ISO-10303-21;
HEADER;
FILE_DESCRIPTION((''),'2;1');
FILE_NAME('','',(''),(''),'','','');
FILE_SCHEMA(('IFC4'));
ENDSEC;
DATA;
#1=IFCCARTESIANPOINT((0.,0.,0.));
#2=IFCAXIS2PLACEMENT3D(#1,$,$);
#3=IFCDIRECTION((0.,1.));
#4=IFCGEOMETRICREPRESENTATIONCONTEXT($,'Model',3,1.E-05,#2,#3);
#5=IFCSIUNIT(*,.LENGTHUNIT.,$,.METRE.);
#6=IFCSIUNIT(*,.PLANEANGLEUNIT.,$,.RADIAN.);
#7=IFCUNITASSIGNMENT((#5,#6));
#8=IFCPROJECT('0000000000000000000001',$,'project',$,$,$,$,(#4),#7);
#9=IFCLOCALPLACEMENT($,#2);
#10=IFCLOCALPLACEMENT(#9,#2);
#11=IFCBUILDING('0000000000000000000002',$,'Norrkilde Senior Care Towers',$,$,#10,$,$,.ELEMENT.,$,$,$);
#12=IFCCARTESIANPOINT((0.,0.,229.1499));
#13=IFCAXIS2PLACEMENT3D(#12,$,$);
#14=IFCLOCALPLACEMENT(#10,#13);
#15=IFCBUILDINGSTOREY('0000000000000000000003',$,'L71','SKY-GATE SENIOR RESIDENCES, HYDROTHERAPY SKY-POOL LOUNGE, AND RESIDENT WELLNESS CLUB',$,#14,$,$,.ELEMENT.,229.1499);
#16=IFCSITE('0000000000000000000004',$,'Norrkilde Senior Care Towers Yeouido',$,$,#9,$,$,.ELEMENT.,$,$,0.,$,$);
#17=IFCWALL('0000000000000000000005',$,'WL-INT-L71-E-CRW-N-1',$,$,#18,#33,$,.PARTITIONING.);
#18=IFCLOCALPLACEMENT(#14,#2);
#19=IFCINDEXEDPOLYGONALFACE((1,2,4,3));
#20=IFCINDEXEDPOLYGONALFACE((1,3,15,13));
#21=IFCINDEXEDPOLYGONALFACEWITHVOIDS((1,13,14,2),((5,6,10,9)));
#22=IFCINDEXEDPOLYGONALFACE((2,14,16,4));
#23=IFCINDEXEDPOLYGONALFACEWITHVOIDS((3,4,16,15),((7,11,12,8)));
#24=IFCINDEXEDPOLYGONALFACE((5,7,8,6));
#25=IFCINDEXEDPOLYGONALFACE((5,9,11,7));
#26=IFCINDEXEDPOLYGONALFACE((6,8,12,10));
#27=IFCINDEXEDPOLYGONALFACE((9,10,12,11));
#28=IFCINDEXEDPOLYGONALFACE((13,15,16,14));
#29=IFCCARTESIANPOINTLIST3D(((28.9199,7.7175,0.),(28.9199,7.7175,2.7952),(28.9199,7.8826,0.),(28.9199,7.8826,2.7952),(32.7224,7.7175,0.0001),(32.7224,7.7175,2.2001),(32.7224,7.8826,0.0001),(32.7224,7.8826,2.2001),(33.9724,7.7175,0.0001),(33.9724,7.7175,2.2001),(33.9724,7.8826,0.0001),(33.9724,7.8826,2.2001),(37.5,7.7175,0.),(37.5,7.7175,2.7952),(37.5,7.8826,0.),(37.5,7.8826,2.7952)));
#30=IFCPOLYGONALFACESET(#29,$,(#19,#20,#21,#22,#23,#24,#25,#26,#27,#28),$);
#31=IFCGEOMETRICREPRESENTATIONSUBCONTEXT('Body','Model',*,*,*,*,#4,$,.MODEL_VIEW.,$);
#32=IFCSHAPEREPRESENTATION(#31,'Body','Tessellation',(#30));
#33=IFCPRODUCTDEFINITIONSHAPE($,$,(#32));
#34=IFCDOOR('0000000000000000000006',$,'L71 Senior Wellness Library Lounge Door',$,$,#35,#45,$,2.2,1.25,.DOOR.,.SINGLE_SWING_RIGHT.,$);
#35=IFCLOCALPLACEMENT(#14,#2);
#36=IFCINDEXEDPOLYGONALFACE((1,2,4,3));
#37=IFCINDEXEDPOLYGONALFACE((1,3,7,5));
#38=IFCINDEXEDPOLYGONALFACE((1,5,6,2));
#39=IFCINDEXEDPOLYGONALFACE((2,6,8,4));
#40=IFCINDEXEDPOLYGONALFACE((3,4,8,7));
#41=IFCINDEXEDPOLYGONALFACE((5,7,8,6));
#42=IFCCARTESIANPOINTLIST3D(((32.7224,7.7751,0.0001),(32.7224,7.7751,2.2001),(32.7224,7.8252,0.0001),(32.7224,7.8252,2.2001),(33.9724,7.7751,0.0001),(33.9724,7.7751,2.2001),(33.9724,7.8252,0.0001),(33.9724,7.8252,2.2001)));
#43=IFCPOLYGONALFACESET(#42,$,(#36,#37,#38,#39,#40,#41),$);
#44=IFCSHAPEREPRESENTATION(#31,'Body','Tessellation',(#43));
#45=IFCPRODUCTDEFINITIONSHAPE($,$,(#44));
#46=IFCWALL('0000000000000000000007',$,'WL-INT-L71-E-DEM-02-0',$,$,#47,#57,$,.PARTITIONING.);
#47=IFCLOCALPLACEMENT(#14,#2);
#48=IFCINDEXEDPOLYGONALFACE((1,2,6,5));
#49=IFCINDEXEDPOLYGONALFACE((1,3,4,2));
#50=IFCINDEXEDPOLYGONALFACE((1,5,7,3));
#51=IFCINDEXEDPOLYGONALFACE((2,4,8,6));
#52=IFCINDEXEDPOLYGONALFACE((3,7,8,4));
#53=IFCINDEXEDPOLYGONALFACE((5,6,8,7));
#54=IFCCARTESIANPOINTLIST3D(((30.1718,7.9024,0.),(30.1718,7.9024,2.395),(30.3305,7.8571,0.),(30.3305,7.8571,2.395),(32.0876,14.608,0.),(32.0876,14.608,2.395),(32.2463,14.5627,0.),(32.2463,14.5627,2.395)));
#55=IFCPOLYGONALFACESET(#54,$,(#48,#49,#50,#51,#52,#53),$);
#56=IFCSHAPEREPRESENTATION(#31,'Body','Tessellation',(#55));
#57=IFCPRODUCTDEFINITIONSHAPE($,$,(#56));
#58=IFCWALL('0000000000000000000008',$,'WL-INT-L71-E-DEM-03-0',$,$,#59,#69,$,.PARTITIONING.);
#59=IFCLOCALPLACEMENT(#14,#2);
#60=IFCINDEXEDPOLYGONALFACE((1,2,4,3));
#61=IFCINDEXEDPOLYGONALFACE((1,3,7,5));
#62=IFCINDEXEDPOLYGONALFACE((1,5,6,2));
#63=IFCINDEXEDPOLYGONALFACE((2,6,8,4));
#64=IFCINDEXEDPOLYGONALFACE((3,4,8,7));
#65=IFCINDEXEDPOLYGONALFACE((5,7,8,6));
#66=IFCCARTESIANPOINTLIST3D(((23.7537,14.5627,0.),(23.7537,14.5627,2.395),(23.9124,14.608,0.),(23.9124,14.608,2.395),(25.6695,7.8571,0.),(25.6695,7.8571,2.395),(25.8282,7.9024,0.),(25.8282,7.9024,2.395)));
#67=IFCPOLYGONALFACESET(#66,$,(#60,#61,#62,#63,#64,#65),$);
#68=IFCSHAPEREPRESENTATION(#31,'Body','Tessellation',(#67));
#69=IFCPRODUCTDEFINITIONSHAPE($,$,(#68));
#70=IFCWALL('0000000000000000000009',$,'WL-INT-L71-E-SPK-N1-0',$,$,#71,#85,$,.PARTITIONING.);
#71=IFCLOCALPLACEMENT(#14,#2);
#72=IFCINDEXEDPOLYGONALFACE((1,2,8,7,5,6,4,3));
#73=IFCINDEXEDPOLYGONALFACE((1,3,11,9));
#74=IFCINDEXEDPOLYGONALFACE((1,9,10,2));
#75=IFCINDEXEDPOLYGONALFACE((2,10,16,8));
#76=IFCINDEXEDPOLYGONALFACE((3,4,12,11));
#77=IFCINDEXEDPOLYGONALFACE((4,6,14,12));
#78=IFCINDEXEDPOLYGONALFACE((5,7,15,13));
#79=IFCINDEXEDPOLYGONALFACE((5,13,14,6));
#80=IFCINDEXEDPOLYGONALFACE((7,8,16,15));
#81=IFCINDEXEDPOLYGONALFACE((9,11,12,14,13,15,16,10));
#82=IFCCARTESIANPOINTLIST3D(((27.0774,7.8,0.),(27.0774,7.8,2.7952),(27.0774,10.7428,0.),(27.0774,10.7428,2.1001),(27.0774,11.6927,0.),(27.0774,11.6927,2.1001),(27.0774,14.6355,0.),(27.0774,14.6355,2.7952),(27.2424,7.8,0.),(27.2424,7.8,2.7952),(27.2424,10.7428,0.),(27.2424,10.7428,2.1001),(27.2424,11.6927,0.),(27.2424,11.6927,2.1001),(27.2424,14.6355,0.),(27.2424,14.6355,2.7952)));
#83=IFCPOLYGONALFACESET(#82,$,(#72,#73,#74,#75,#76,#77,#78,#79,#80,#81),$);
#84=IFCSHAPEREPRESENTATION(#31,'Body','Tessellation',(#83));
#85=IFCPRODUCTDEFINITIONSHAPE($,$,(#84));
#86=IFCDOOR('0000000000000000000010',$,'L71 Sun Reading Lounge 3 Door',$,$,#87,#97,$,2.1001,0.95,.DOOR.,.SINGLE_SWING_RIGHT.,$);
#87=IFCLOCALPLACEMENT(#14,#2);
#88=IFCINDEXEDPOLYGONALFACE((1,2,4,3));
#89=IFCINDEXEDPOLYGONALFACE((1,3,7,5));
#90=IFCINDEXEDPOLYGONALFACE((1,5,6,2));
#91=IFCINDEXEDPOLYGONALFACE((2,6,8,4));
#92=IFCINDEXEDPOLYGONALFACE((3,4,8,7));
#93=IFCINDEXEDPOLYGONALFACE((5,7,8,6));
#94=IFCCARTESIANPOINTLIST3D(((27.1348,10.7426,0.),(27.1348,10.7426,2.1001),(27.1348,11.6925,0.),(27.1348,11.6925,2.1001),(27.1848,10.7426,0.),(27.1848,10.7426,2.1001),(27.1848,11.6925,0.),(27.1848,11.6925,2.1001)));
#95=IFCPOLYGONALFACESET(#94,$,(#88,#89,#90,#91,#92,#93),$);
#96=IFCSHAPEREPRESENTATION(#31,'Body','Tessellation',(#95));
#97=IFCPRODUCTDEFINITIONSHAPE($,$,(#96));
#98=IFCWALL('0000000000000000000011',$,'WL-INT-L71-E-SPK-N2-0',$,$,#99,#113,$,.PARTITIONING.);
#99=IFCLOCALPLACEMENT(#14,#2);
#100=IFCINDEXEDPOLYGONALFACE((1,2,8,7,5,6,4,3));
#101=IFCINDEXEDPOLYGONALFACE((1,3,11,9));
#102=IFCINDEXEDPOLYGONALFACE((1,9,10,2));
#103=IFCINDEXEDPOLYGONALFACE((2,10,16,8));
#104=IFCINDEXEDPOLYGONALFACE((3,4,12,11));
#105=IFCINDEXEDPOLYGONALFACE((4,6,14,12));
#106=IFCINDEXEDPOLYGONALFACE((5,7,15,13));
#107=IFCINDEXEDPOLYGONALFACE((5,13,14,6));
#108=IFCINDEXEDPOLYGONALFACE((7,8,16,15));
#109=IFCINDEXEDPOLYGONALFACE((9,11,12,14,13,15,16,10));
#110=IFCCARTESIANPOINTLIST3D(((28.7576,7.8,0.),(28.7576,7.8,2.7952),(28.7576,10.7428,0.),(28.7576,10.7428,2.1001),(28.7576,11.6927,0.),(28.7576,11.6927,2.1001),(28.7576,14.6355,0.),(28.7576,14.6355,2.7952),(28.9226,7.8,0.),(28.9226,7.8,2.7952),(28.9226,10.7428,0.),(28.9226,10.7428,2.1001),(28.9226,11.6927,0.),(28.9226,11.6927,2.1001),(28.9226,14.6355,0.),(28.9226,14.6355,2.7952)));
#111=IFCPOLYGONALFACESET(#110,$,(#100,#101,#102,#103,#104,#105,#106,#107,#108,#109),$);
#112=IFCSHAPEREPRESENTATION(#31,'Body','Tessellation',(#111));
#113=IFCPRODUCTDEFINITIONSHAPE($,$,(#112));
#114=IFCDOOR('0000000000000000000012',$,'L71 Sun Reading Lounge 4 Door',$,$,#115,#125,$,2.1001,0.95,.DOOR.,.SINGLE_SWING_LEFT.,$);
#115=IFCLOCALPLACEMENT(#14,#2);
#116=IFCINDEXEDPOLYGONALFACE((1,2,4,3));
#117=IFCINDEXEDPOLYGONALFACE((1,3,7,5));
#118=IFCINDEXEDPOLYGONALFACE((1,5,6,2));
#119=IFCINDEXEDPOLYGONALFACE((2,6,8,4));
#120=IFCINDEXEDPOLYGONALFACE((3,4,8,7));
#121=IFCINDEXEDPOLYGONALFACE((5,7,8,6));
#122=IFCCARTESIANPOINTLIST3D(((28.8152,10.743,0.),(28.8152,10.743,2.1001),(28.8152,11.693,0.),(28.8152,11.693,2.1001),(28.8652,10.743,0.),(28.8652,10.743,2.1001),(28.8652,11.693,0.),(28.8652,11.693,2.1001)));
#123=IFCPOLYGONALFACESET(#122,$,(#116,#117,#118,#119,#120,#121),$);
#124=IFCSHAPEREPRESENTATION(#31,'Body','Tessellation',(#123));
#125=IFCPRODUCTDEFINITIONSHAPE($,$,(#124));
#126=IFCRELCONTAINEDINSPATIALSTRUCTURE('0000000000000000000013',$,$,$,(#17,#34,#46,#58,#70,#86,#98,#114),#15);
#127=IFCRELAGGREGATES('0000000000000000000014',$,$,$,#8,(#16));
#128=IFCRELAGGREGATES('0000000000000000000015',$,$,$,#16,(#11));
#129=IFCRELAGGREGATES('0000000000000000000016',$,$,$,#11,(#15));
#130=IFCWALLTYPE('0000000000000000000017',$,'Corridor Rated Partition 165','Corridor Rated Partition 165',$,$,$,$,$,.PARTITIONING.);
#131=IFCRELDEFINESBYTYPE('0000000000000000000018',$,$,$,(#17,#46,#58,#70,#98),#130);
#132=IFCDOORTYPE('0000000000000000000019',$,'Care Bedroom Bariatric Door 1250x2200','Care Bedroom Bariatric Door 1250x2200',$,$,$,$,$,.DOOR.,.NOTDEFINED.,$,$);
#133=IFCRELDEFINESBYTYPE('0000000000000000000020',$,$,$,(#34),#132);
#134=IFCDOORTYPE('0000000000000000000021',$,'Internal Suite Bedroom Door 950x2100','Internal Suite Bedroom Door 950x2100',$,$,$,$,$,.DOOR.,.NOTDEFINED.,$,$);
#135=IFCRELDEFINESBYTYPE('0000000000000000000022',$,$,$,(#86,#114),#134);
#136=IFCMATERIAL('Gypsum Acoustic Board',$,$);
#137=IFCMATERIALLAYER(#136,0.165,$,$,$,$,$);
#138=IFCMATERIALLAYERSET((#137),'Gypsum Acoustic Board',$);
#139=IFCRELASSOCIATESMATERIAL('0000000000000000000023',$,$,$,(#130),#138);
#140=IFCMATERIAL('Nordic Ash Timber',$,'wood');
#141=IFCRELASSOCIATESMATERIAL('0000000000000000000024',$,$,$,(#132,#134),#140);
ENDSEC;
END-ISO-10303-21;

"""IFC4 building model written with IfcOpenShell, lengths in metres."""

from ifc_helpers import new_model, si_unit, direction, frame, frame_2d, origin, place, context, subcontext, project, spatial, rectangle, extrude, source, transform, mapped, material, layer, layer_set, type_object, type_shapes, element, fill, save


model = new_model("IFC4")

# Units and contexts
model_context = context("Model", 3, precision=1e-05, world=origin(), true_north=direction((0.0, 1.0)))
body_context = subcontext(model_context, "Body", "Model", "MODEL_VIEW")
ifc_project = project(units=[si_unit("LENGTHUNIT", "METRE"), si_unit("PLANEANGLEUNIT", "RADIAN")], contexts=[model_context])

# Site, building, storey
site_placement = place(None, origin())
site = spatial("IfcSite", under=ifc_project, at=site_placement, Name="Norrkilde Senior Care Towers Yeouido", CompositionType="ELEMENT", RefElevation=0.0)
building_placement = place(site_placement, origin())
building = spatial("IfcBuilding", under=site, at=building_placement, Name="Norrkilde Senior Care Towers", CompositionType="ELEMENT")
storey_placement = place(building_placement, frame((0.0, 0.0, 229.1499)))
storey = spatial("IfcBuildingStorey", under=building, at=storey_placement, Name="L71", Description="SKY-GATE SENIOR RESIDENCES, HYDROTHERAPY SKY-POOL LOUNGE, AND RESIDENT WELLNESS CLUB", CompositionType="ELEMENT", Elevation=229.1499)

# Wall, opening, door
ifc_material_1 = material(Name="Gypsum Acoustic Board")
ifc_layer_1 = layer(ifc_material_1, 0.165)
ifc_layer_set_1 = layer_set([ifc_layer_1], Name="Gypsum Acoustic Board")
wall_type_1 = type_object("IfcWallType", Name="Corridor Rated Partition 165", Description="Corridor Rated Partition 165", PredefinedType="PARTITIONING", material=ifc_layer_set_1)
shared_shape_1 = source(origin(), body_context, "Body", "SweptSolid", [
    extrude(rectangle(XDim=8.5801, YDim=0.165, at=frame_2d((4.29, 0.0))), origin(), (0.0, 0.0, 1.0), 2.7952),
])
wall_1_placement = place(storey_placement, frame((28.9199, 7.8, 0.0), z_axis=(0.0, 0.0, 1.0), x_axis=(1.0, 0.0, 0.0)))
wall_1 = element("IfcWall", 1, at=wall_1_placement, inside=storey, type_object=wall_type_1, Name="WL-INT-L71-E-CRW-N-1", PredefinedType="PARTITIONING", context=body_context, shape_type="MappedRepresentation", body=[
    mapped(shared_shape_1, transform((0.0, 0.0, 0.0), x_axis=(1.0, 0.0, 0.0), y_axis=(0.0, 1.0, 0.0), z_axis=(0.0, 0.0, 1.0), scale=1.0)),
])
opening_1_placement = place(wall_1_placement, frame((3.8025, 0.0, 0.0)))
opening_1 = element("IfcOpeningElement", 2, at=opening_1_placement, cuts=wall_1, PredefinedType="OPENING", context=body_context, shape_type="SweptSolid", body=[
    extrude(rectangle(XDim=1.25, YDim=2.2, at=frame_2d((0.625, 1.1001))), frame((0.0, 0.0925, 0.0), z_axis=(0.0, -1.0, 0.0), x_axis=(1.0, 0.0, 0.0)), (0.0, 0.0, 1.0), 0.1851),
])
ifc_material_2 = material(Name="Nordic Ash Timber", Category="wood")
door_type_1 = type_object("IfcDoorType", Name="Care Bedroom Bariatric Door 1250x2200", Description="Care Bedroom Bariatric Door 1250x2200", OperationType="NOTDEFINED", PredefinedType="DOOR", material=ifc_material_2)
shared_shape_2 = source(origin(), body_context, "Body", "SweptSolid", [
    extrude(rectangle(XDim=1.25, YDim=2.2, at=frame_2d((0.625, 1.1001))), frame((0.0, 0.0249, 0.0), z_axis=(0.0, -1.0, 0.0), x_axis=(1.0, 0.0, 0.0)), (0.0, 0.0, 1.0), 0.05),
])
type_shapes(door_type_1, [shared_shape_2])
door_1_placement = place(opening_1_placement, frame((1.25, 0.0, 0.0), z_axis=(0.0, 0.0, 1.0), x_axis=(-1.0, 0.0, 0.0)))
door_1 = element("IfcDoor", 3, at=door_1_placement, inside=storey, type_object=door_type_1, Name="L71 Senior Wellness Library Lounge Door", OperationType="SINGLE_SWING_RIGHT", OverallHeight=2.2, OverallWidth=1.25, PredefinedType="DOOR", context=body_context, shape_type="MappedRepresentation", body=[
    mapped(shared_shape_2, transform((0.0, 0.0, 0.0), x_axis=(1.0, 0.0, 0.0), y_axis=(0.0, 1.0, 0.0), z_axis=(0.0, 0.0, 1.0), scale=1.0)),
])
fill(opening_1, door_1)

# Walls
shared_shape_3 = source(origin(), body_context, "Body", "SweptSolid", [
    extrude(rectangle(XDim=6.9739, YDim=0.165, at=frame_2d((3.4868, 0.0))), origin(), (0.0, 0.0, 1.0), 2.395),
])
for number, where, z_axis, x_axis, name in (
    (4, (30.2512, 7.8799, 0.0), (0.0, 0.0, 1.0), (0.274707, 0.961528, 0.0), "WL-INT-L71-E-DEM-02-0"),
    (5, (25.7488, 7.8799, 0.0), (0.0, 0.0, 1.0), (-0.274707, 0.961528, 0.0), "WL-INT-L71-E-DEM-03-0"),
):
    element("IfcWall", number, at=place(storey_placement, frame(where, z_axis=z_axis, x_axis=x_axis)), inside=storey, type_object=wall_type_1, Name=name, PredefinedType="PARTITIONING", context=body_context, shape_type="MappedRepresentation", body=[
        mapped(shared_shape_3, transform((0.0, 0.0, 0.0), x_axis=(1.0, 0.0, 0.0), y_axis=(0.0, 1.0, 0.0), z_axis=(0.0, 0.0, 1.0), scale=1.0)),
    ])

# Walls, openings, doors
shared_shape_4 = source(origin(), body_context, "Body", "SweptSolid", [
    extrude(rectangle(XDim=6.8354, YDim=0.165, at=frame_2d((3.4177, 0.0))), origin(), (0.0, 0.0, 1.0), 2.7952),
])
type_shapes(wall_type_1, [shared_shape_1, shared_shape_3, shared_shape_4])
wall_2_placement = place(storey_placement, frame((27.1599, 7.8, 0.0), z_axis=(0.0, 0.0, 1.0), x_axis=(0.0, 1.0, 0.0)))
wall_2 = element("IfcWall", 6, at=wall_2_placement, inside=storey, type_object=wall_type_1, Name="WL-INT-L71-E-SPK-N1-0", PredefinedType="PARTITIONING", context=body_context, shape_type="MappedRepresentation", body=[
    mapped(shared_shape_4, transform((0.0, 0.0, 0.0), x_axis=(1.0, 0.0, 0.0), y_axis=(0.0, 1.0, 0.0), z_axis=(0.0, 0.0, 1.0), scale=1.0)),
])
opening_2_placement = place(wall_2_placement, frame((2.9426, 0.0, 0.0)))
opening_2 = element("IfcOpeningElement", 7, at=opening_2_placement, cuts=wall_2, PredefinedType="OPENING", context=body_context, shape_type="SweptSolid", body=[
    extrude(rectangle(XDim=0.95, YDim=2.1001, at=frame_2d((0.4751, 1.05))), frame((0.0, 0.0925, 0.0), z_axis=(0.0, -1.0, 0.0), x_axis=(1.0, 0.0, 0.0)), (0.0, 0.0, 1.0), 0.1851),
])
door_type_2 = type_object("IfcDoorType", Name="Internal Suite Bedroom Door 950x2100", Description="Internal Suite Bedroom Door 950x2100", OperationType="NOTDEFINED", PredefinedType="DOOR", material=ifc_material_2)
shared_shape_5 = source(origin(), body_context, "Body", "SweptSolid", [
    extrude(rectangle(XDim=0.95, YDim=2.1001, at=frame_2d((0.4751, 1.05))), frame((0.0, 0.0249, 0.0), z_axis=(0.0, -1.0, 0.0), x_axis=(1.0, 0.0, 0.0)), (0.0, 0.0, 1.0), 0.05),
])
type_shapes(door_type_2, [shared_shape_5])
door_2_placement = place(opening_2_placement, frame((0.95, 0.0, 0.0), z_axis=(0.0, 0.0, 1.0), x_axis=(-1.0, 0.0, 0.0)))
door_2 = element("IfcDoor", 8, at=door_2_placement, inside=storey, type_object=door_type_2, Name="L71 Sun Reading Lounge 3 Door", OperationType="SINGLE_SWING_RIGHT", OverallHeight=2.1001, OverallWidth=0.95, PredefinedType="DOOR", context=body_context, shape_type="MappedRepresentation", body=[
    mapped(shared_shape_5, transform((0.0, 0.0, 0.0), x_axis=(1.0, 0.0, 0.0), y_axis=(0.0, 1.0, 0.0), z_axis=(0.0, 0.0, 1.0), scale=1.0)),
])
fill(opening_2, door_2)
wall_3_placement = place(storey_placement, frame((28.8401, 14.6355, 0.0), z_axis=(0.0, 0.0, 1.0), x_axis=(0.0, -1.0, 0.0)))
wall_3 = element("IfcWall", 9, at=wall_3_placement, inside=storey, type_object=wall_type_1, Name="WL-INT-L71-E-SPK-N2-0", PredefinedType="PARTITIONING", context=body_context, shape_type="MappedRepresentation", body=[
    mapped(shared_shape_4, transform((0.0, 0.0, 0.0), x_axis=(1.0, 0.0, 0.0), y_axis=(0.0, 1.0, 0.0), z_axis=(0.0, 0.0, 1.0), scale=1.0)),
])
opening_3_placement = place(wall_3_placement, frame((2.9426, 0.0, 0.0)))
opening_3 = element("IfcOpeningElement", 10, at=opening_3_placement, cuts=wall_3, PredefinedType="OPENING", context=body_context, shape_type="SweptSolid", body=[
    extrude(rectangle(XDim=0.95, YDim=2.1001, at=frame_2d((0.4751, 1.05))), frame((0.0, 0.0925, 0.0), z_axis=(0.0, -1.0, 0.0), x_axis=(1.0, 0.0, 0.0)), (0.0, 0.0, 1.0), 0.1851),
])
door_3_placement = place(opening_3_placement, frame((0.95, 0.0, 0.0), z_axis=(0.0, 0.0, 1.0), x_axis=(-1.0, 0.0, 0.0)))
door_3 = element("IfcDoor", 11, at=door_3_placement, inside=storey, type_object=door_type_2, Name="L71 Sun Reading Lounge 4 Door", OperationType="SINGLE_SWING_LEFT", OverallHeight=2.1001, OverallWidth=0.95, PredefinedType="DOOR", context=body_context, shape_type="MappedRepresentation", body=[
    mapped(shared_shape_5, transform((0.0, 0.0, 0.0), x_axis=(1.0, 0.0, 0.0), y_axis=(0.0, 1.0, 0.0), z_axis=(0.0, 0.0, 1.0), scale=1.0)),
])
fill(opening_3, door_3)

save(model, "model.ifc")
